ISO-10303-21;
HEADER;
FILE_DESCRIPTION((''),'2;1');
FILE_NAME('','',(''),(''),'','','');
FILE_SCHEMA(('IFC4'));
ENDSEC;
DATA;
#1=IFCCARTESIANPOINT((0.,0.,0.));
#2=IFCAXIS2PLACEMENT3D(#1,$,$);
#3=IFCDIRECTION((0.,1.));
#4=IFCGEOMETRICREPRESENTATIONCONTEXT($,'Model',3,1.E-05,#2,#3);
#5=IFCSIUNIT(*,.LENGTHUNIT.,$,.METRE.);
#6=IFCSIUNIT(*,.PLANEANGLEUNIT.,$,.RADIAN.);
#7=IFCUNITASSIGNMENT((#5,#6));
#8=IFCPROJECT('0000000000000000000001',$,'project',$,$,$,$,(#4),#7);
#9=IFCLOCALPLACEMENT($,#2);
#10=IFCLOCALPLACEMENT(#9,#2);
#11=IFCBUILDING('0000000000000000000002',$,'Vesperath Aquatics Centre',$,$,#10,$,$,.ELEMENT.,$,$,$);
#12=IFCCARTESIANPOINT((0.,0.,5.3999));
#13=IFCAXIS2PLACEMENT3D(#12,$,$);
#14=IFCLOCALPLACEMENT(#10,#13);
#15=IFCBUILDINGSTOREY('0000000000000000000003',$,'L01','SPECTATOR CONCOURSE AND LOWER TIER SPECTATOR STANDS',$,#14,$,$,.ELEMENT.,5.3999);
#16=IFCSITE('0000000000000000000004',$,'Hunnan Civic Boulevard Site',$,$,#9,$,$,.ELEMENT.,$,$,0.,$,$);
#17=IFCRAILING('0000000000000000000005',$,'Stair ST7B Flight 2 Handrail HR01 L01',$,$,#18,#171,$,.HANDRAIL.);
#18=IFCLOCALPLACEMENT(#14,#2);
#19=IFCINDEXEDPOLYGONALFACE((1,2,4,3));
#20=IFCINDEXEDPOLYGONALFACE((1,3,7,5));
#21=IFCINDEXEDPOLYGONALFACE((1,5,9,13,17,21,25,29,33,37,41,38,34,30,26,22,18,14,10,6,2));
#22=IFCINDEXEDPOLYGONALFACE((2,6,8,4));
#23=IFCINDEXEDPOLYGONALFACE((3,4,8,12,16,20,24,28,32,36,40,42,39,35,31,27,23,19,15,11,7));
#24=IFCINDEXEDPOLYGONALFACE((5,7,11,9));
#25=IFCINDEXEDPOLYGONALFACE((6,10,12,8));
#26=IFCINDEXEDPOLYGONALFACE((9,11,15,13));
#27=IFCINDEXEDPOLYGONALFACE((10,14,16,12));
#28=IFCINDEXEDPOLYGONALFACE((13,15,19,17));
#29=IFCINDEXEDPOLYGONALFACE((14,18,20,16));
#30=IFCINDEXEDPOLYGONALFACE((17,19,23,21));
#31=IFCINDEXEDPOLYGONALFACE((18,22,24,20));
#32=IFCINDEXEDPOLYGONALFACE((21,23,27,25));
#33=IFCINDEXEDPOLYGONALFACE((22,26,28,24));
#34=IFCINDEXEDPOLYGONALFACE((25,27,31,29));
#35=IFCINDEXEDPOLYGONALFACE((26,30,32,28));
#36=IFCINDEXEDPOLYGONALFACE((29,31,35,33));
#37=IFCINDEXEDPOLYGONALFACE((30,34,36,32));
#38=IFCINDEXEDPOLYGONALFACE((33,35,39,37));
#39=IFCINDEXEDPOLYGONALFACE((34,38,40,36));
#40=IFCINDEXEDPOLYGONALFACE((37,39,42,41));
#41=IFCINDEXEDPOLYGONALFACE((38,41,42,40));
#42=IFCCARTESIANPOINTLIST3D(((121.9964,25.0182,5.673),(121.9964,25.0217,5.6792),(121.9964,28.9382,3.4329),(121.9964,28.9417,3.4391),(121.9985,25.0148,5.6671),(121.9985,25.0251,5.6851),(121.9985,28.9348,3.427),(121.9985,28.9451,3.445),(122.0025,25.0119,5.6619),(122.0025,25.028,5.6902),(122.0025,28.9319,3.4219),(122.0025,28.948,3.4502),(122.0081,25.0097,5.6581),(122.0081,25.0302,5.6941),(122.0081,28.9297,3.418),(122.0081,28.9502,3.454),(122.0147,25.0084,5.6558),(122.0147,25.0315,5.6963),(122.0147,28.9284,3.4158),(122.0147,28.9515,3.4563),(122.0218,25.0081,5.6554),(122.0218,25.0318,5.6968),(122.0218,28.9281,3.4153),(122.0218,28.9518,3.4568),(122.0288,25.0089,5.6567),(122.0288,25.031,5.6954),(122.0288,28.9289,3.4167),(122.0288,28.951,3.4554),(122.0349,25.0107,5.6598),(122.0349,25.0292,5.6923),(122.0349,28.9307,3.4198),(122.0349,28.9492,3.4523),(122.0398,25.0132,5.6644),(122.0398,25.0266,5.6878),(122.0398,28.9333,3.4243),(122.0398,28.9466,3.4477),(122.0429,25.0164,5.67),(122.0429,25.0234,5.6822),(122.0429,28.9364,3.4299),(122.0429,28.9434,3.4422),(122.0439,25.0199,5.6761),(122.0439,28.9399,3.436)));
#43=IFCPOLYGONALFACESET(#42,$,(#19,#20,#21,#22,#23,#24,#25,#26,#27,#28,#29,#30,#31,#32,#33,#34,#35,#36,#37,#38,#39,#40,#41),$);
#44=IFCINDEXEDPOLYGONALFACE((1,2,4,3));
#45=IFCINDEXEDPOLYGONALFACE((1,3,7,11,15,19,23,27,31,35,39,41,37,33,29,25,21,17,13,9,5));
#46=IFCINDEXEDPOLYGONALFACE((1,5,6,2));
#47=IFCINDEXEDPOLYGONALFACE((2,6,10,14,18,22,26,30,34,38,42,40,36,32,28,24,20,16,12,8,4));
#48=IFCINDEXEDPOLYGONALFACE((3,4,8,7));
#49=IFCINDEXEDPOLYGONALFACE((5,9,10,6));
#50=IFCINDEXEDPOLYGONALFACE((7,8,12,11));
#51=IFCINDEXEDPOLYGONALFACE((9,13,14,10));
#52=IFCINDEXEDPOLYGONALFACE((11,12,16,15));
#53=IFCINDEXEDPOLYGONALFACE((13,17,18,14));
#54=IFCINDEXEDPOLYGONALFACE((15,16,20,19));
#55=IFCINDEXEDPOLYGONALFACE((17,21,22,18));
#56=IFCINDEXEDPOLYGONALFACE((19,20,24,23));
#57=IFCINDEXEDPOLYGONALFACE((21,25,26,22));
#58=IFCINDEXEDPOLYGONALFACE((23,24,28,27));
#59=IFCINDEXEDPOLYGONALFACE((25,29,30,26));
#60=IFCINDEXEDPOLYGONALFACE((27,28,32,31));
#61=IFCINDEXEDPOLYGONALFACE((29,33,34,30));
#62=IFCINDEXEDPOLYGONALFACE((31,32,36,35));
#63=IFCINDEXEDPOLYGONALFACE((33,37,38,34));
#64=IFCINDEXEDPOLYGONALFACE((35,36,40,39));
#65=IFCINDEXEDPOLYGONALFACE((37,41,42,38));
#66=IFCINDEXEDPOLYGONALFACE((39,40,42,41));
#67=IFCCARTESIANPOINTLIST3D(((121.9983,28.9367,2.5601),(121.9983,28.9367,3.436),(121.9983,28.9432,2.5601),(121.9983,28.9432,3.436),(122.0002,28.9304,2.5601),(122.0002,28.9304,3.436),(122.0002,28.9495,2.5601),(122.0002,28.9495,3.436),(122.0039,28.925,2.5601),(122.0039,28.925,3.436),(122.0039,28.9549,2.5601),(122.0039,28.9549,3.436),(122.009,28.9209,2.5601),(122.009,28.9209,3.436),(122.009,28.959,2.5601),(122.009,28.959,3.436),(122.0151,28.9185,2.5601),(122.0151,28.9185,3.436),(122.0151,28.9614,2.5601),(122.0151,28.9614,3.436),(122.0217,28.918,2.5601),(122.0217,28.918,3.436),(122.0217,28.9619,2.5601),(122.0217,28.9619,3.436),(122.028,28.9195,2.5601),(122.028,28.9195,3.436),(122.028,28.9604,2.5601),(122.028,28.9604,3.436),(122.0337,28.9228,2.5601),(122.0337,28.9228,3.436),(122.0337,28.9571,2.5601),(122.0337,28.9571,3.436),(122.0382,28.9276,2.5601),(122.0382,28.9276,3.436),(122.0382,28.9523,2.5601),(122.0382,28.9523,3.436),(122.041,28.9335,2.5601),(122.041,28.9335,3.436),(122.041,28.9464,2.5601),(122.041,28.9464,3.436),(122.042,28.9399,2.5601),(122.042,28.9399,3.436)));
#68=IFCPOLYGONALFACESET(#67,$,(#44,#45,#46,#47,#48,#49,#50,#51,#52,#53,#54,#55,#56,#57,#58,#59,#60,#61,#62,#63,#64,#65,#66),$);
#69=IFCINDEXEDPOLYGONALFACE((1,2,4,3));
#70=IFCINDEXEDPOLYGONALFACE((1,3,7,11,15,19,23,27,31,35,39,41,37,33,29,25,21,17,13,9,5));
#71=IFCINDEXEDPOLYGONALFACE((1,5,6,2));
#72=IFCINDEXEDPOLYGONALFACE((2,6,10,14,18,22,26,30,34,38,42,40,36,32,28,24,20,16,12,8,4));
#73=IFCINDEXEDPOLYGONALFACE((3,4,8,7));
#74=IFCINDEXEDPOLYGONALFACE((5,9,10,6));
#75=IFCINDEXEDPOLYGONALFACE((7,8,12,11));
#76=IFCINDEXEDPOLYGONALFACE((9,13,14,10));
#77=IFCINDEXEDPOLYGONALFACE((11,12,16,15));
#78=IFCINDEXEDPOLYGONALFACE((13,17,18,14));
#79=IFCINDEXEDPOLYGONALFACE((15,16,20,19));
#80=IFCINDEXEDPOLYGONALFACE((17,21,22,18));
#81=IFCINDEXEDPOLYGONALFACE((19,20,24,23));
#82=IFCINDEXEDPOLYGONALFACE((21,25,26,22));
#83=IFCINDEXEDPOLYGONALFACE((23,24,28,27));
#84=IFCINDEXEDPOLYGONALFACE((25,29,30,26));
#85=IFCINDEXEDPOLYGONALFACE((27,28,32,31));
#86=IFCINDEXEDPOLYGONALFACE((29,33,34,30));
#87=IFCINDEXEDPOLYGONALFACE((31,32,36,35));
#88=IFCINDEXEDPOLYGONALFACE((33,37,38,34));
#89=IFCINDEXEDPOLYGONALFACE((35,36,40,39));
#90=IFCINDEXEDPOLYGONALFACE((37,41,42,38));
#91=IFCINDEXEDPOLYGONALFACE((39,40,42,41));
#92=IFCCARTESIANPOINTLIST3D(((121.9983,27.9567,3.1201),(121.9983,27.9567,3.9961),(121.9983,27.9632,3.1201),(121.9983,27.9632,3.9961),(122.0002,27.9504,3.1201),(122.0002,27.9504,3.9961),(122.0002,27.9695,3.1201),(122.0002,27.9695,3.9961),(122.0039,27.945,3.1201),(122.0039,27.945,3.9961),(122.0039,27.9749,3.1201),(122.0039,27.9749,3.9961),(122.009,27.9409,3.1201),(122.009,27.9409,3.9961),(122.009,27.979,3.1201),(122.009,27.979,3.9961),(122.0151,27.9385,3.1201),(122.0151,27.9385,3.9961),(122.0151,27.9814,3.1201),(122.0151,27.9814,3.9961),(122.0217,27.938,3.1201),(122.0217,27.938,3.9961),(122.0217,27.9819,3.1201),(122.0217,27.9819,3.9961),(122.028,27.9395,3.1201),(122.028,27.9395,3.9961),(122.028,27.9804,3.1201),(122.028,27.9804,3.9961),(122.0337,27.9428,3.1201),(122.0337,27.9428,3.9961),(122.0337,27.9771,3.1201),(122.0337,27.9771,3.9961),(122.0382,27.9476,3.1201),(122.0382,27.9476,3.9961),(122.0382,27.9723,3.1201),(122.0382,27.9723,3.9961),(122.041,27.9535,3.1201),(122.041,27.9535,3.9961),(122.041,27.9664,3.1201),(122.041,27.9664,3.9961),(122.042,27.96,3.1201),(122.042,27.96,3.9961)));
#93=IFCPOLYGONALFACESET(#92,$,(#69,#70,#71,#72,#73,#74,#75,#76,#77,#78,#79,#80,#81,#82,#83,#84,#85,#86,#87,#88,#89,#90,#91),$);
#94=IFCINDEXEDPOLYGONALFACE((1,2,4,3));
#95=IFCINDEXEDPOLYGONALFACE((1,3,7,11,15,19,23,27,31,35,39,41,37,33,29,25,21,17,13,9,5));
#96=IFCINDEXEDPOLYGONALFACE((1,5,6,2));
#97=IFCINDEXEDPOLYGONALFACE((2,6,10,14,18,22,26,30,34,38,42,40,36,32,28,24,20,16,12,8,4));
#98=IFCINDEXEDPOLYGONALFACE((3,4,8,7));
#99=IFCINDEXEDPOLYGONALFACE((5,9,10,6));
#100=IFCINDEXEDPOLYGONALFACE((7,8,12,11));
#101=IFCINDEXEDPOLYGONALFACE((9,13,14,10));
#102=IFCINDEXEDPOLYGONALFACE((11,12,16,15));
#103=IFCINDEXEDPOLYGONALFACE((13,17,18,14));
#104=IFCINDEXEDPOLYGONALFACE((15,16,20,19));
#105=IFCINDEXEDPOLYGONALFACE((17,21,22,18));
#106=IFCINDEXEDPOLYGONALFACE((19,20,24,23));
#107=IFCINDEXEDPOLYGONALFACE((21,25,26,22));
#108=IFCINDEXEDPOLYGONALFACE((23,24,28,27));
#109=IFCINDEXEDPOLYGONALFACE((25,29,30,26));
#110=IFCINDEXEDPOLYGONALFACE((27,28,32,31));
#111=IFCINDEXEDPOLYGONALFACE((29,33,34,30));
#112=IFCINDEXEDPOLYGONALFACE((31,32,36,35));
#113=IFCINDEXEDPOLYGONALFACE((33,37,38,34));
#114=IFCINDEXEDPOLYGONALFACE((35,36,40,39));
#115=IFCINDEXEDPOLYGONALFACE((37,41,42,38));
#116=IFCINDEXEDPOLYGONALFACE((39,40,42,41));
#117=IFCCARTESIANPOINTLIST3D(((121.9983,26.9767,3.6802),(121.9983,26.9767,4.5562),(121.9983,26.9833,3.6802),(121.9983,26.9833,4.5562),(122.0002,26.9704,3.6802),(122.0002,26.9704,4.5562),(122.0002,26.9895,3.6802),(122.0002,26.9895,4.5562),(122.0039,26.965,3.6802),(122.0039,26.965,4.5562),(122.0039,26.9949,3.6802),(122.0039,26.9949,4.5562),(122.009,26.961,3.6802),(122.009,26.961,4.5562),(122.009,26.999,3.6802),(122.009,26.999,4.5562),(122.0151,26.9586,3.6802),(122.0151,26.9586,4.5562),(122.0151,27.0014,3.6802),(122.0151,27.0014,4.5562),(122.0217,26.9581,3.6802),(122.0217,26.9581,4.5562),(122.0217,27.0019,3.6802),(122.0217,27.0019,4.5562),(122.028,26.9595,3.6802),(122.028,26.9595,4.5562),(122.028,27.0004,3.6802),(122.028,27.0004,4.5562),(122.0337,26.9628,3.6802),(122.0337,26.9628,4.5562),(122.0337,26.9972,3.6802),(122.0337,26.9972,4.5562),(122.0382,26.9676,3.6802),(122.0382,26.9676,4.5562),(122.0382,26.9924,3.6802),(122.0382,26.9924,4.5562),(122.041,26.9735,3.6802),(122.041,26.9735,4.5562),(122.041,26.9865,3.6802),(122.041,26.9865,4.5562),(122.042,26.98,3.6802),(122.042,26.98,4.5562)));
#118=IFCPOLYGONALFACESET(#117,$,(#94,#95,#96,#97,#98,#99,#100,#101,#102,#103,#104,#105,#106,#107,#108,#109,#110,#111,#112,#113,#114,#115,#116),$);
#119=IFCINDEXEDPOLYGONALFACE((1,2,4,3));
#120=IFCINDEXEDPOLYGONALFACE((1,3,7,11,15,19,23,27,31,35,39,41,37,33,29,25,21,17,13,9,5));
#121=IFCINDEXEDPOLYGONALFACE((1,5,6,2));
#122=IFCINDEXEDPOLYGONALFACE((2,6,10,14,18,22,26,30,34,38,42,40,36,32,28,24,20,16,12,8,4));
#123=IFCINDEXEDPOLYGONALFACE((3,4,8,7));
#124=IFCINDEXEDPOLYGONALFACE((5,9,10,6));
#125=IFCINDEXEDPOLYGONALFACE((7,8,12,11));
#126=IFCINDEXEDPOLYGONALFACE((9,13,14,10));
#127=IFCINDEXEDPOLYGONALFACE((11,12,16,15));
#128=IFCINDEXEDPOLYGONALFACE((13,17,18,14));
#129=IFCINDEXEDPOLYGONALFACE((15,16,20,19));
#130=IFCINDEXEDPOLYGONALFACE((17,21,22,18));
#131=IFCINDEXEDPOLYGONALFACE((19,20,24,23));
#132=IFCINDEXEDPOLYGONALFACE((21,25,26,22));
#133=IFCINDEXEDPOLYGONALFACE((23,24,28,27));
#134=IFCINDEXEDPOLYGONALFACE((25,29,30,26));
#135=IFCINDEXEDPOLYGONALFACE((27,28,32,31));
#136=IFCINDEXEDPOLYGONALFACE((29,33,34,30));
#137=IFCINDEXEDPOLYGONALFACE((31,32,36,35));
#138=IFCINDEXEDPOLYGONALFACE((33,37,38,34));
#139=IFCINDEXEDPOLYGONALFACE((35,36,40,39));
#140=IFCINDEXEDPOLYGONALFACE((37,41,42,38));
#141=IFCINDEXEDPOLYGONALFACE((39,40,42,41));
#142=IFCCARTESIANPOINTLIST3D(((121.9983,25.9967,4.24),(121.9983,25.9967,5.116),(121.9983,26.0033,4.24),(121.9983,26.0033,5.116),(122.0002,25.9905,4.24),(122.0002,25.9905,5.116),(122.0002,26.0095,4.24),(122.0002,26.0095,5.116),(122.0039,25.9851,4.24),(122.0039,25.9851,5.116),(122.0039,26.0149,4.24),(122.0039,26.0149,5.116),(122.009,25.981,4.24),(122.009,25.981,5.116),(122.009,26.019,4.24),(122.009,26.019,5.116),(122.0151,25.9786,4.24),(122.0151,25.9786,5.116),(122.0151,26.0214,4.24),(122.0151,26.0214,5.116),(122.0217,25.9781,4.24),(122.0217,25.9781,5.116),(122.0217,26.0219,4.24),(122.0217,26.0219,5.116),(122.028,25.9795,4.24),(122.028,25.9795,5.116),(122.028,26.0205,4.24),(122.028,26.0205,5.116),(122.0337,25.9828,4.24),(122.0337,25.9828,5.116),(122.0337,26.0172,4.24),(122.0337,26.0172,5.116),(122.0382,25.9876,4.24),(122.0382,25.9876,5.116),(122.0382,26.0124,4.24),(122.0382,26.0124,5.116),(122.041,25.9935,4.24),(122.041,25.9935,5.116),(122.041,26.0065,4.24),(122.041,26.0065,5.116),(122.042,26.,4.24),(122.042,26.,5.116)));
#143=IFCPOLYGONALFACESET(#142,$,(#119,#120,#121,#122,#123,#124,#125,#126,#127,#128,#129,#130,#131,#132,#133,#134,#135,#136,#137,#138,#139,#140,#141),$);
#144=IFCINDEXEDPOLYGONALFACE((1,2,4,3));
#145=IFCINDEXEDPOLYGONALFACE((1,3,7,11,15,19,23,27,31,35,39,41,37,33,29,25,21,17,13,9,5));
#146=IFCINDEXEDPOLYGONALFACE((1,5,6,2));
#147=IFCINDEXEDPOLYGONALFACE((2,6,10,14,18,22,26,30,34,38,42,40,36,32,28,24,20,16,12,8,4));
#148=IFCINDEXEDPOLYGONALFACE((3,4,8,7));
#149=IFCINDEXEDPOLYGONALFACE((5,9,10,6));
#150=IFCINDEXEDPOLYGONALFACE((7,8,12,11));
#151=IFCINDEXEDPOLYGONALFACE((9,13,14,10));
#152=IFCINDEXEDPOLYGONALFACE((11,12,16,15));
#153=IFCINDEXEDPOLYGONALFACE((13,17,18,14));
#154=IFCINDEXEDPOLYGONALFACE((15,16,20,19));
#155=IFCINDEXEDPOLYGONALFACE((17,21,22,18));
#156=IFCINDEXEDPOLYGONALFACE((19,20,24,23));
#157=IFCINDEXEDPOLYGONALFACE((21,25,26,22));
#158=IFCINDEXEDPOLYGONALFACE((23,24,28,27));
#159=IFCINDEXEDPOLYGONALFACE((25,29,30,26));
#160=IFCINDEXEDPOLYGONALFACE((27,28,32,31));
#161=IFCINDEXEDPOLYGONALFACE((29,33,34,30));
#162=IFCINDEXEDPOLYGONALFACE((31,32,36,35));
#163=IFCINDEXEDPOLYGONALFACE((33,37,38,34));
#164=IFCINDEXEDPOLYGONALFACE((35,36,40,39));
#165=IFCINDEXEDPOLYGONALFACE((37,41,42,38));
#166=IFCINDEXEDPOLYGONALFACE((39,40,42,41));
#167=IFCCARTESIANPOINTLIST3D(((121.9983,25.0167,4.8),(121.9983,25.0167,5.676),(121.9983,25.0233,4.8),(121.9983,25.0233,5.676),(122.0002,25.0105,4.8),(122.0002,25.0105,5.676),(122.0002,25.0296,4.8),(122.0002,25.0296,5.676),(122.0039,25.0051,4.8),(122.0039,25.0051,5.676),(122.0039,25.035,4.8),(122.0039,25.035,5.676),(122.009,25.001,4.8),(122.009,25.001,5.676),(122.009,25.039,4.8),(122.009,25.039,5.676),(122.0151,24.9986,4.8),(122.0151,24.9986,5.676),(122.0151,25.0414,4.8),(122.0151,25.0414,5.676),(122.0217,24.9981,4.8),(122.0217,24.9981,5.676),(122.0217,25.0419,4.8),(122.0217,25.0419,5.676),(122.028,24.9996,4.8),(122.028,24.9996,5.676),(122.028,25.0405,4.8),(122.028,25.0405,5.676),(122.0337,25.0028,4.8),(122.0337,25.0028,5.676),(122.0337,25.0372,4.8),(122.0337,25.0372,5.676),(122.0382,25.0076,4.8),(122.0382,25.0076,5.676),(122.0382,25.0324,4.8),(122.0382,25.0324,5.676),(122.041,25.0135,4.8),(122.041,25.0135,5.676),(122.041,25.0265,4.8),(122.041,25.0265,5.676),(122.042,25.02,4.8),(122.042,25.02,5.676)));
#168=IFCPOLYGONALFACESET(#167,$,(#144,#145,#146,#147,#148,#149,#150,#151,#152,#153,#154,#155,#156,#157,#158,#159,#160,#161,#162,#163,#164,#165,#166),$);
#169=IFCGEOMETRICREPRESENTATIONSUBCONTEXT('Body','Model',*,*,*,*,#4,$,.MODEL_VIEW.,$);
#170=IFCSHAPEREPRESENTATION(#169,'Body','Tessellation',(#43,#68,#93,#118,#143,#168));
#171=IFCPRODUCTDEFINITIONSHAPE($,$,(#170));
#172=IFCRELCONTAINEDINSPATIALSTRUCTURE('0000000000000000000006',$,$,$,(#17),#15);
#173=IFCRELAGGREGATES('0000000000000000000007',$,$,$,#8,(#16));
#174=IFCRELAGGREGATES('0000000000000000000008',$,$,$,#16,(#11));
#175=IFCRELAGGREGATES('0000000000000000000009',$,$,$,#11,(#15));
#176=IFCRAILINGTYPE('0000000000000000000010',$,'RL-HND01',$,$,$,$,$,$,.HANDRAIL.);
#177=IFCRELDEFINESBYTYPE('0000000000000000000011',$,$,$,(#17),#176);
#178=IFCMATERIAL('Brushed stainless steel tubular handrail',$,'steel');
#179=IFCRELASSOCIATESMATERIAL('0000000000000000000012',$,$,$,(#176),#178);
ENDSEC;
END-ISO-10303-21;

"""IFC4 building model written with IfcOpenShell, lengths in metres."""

from ifc_helpers import new_model, si_unit, direction, frame, origin, origin_2d, place, context, subcontext, project, spatial, circle, extrude, material, type_object, element, save


model = new_model("IFC4")

# Units and contexts
model_context = context("Model", 3, precision=1e-05, world=origin(), true_north=direction((0.0, 1.0)))
body_context = subcontext(model_context, "Body", "Model", "MODEL_VIEW")
ifc_project = project(units=[si_unit("LENGTHUNIT", "METRE"), si_unit("PLANEANGLEUNIT", "RADIAN")], contexts=[model_context])

# Site, building, storey
site_placement = place(None, origin())
site = spatial("IfcSite", under=ifc_project, at=site_placement, Name="Hunnan Civic Boulevard Site", CompositionType="ELEMENT", RefElevation=0.0)
building_placement = place(site_placement, origin())
building = spatial("IfcBuilding", under=site, at=building_placement, Name="Vesperath Aquatics Centre", CompositionType="ELEMENT")
storey_placement = place(building_placement, frame((0.0, 0.0, 5.3999)))
storey = spatial("IfcBuildingStorey", under=building, at=storey_placement, Name="L01", Description="SPECTATOR CONCOURSE AND LOWER TIER SPECTATOR STANDS", CompositionType="ELEMENT", Elevation=5.3999)

# Railing
ifc_material_1 = material(Name="Brushed stainless steel tubular handrail", Category="steel")
railing_type_1 = type_object("IfcRailingType", Name="RL-HND01", PredefinedType="HANDRAIL", material=ifc_material_1)
railing_1_placement = place(storey_placement, frame((122.02, 28.9399, 2.5601)))
element("IfcRailing", 1, at=railing_1_placement, inside=storey, type_object=railing_type_1, Name="Stair ST7B Flight 2 Handrail HR01 L01", PredefinedType="HANDRAIL", context=body_context, shape_type="SweptSolid", body=[
    extrude(circle(Radius=0.0239, at=origin_2d()), frame((0.0, 0.0, 0.876), z_axis=(0.0, -0.86824, 0.496145), x_axis=(1.0, 0.0, 0.0)), (0.0, 0.0, 1.0), 4.5149),
    extrude(circle(Radius=0.022, at=origin_2d()), origin(), (0.0, 0.0, 1.0), 0.876),
    extrude(circle(Radius=0.022, at=origin_2d()), frame((0.0, -0.98, 0.5601)), (0.0, 0.0, 1.0), 0.876),
    extrude(circle(Radius=0.022, at=origin_2d()), frame((0.0, -1.96, 1.1201)), (0.0, 0.0, 1.0), 0.876),
    extrude(circle(Radius=0.022, at=origin_2d()), frame((0.0, -2.9399, 1.6799)), (0.0, 0.0, 1.0), 0.876),
    extrude(circle(Radius=0.022, at=origin_2d()), frame((0.0, -3.9199, 2.24)), (0.0, 0.0, 1.0), 0.876),
])

save(model, "model.ifc")
